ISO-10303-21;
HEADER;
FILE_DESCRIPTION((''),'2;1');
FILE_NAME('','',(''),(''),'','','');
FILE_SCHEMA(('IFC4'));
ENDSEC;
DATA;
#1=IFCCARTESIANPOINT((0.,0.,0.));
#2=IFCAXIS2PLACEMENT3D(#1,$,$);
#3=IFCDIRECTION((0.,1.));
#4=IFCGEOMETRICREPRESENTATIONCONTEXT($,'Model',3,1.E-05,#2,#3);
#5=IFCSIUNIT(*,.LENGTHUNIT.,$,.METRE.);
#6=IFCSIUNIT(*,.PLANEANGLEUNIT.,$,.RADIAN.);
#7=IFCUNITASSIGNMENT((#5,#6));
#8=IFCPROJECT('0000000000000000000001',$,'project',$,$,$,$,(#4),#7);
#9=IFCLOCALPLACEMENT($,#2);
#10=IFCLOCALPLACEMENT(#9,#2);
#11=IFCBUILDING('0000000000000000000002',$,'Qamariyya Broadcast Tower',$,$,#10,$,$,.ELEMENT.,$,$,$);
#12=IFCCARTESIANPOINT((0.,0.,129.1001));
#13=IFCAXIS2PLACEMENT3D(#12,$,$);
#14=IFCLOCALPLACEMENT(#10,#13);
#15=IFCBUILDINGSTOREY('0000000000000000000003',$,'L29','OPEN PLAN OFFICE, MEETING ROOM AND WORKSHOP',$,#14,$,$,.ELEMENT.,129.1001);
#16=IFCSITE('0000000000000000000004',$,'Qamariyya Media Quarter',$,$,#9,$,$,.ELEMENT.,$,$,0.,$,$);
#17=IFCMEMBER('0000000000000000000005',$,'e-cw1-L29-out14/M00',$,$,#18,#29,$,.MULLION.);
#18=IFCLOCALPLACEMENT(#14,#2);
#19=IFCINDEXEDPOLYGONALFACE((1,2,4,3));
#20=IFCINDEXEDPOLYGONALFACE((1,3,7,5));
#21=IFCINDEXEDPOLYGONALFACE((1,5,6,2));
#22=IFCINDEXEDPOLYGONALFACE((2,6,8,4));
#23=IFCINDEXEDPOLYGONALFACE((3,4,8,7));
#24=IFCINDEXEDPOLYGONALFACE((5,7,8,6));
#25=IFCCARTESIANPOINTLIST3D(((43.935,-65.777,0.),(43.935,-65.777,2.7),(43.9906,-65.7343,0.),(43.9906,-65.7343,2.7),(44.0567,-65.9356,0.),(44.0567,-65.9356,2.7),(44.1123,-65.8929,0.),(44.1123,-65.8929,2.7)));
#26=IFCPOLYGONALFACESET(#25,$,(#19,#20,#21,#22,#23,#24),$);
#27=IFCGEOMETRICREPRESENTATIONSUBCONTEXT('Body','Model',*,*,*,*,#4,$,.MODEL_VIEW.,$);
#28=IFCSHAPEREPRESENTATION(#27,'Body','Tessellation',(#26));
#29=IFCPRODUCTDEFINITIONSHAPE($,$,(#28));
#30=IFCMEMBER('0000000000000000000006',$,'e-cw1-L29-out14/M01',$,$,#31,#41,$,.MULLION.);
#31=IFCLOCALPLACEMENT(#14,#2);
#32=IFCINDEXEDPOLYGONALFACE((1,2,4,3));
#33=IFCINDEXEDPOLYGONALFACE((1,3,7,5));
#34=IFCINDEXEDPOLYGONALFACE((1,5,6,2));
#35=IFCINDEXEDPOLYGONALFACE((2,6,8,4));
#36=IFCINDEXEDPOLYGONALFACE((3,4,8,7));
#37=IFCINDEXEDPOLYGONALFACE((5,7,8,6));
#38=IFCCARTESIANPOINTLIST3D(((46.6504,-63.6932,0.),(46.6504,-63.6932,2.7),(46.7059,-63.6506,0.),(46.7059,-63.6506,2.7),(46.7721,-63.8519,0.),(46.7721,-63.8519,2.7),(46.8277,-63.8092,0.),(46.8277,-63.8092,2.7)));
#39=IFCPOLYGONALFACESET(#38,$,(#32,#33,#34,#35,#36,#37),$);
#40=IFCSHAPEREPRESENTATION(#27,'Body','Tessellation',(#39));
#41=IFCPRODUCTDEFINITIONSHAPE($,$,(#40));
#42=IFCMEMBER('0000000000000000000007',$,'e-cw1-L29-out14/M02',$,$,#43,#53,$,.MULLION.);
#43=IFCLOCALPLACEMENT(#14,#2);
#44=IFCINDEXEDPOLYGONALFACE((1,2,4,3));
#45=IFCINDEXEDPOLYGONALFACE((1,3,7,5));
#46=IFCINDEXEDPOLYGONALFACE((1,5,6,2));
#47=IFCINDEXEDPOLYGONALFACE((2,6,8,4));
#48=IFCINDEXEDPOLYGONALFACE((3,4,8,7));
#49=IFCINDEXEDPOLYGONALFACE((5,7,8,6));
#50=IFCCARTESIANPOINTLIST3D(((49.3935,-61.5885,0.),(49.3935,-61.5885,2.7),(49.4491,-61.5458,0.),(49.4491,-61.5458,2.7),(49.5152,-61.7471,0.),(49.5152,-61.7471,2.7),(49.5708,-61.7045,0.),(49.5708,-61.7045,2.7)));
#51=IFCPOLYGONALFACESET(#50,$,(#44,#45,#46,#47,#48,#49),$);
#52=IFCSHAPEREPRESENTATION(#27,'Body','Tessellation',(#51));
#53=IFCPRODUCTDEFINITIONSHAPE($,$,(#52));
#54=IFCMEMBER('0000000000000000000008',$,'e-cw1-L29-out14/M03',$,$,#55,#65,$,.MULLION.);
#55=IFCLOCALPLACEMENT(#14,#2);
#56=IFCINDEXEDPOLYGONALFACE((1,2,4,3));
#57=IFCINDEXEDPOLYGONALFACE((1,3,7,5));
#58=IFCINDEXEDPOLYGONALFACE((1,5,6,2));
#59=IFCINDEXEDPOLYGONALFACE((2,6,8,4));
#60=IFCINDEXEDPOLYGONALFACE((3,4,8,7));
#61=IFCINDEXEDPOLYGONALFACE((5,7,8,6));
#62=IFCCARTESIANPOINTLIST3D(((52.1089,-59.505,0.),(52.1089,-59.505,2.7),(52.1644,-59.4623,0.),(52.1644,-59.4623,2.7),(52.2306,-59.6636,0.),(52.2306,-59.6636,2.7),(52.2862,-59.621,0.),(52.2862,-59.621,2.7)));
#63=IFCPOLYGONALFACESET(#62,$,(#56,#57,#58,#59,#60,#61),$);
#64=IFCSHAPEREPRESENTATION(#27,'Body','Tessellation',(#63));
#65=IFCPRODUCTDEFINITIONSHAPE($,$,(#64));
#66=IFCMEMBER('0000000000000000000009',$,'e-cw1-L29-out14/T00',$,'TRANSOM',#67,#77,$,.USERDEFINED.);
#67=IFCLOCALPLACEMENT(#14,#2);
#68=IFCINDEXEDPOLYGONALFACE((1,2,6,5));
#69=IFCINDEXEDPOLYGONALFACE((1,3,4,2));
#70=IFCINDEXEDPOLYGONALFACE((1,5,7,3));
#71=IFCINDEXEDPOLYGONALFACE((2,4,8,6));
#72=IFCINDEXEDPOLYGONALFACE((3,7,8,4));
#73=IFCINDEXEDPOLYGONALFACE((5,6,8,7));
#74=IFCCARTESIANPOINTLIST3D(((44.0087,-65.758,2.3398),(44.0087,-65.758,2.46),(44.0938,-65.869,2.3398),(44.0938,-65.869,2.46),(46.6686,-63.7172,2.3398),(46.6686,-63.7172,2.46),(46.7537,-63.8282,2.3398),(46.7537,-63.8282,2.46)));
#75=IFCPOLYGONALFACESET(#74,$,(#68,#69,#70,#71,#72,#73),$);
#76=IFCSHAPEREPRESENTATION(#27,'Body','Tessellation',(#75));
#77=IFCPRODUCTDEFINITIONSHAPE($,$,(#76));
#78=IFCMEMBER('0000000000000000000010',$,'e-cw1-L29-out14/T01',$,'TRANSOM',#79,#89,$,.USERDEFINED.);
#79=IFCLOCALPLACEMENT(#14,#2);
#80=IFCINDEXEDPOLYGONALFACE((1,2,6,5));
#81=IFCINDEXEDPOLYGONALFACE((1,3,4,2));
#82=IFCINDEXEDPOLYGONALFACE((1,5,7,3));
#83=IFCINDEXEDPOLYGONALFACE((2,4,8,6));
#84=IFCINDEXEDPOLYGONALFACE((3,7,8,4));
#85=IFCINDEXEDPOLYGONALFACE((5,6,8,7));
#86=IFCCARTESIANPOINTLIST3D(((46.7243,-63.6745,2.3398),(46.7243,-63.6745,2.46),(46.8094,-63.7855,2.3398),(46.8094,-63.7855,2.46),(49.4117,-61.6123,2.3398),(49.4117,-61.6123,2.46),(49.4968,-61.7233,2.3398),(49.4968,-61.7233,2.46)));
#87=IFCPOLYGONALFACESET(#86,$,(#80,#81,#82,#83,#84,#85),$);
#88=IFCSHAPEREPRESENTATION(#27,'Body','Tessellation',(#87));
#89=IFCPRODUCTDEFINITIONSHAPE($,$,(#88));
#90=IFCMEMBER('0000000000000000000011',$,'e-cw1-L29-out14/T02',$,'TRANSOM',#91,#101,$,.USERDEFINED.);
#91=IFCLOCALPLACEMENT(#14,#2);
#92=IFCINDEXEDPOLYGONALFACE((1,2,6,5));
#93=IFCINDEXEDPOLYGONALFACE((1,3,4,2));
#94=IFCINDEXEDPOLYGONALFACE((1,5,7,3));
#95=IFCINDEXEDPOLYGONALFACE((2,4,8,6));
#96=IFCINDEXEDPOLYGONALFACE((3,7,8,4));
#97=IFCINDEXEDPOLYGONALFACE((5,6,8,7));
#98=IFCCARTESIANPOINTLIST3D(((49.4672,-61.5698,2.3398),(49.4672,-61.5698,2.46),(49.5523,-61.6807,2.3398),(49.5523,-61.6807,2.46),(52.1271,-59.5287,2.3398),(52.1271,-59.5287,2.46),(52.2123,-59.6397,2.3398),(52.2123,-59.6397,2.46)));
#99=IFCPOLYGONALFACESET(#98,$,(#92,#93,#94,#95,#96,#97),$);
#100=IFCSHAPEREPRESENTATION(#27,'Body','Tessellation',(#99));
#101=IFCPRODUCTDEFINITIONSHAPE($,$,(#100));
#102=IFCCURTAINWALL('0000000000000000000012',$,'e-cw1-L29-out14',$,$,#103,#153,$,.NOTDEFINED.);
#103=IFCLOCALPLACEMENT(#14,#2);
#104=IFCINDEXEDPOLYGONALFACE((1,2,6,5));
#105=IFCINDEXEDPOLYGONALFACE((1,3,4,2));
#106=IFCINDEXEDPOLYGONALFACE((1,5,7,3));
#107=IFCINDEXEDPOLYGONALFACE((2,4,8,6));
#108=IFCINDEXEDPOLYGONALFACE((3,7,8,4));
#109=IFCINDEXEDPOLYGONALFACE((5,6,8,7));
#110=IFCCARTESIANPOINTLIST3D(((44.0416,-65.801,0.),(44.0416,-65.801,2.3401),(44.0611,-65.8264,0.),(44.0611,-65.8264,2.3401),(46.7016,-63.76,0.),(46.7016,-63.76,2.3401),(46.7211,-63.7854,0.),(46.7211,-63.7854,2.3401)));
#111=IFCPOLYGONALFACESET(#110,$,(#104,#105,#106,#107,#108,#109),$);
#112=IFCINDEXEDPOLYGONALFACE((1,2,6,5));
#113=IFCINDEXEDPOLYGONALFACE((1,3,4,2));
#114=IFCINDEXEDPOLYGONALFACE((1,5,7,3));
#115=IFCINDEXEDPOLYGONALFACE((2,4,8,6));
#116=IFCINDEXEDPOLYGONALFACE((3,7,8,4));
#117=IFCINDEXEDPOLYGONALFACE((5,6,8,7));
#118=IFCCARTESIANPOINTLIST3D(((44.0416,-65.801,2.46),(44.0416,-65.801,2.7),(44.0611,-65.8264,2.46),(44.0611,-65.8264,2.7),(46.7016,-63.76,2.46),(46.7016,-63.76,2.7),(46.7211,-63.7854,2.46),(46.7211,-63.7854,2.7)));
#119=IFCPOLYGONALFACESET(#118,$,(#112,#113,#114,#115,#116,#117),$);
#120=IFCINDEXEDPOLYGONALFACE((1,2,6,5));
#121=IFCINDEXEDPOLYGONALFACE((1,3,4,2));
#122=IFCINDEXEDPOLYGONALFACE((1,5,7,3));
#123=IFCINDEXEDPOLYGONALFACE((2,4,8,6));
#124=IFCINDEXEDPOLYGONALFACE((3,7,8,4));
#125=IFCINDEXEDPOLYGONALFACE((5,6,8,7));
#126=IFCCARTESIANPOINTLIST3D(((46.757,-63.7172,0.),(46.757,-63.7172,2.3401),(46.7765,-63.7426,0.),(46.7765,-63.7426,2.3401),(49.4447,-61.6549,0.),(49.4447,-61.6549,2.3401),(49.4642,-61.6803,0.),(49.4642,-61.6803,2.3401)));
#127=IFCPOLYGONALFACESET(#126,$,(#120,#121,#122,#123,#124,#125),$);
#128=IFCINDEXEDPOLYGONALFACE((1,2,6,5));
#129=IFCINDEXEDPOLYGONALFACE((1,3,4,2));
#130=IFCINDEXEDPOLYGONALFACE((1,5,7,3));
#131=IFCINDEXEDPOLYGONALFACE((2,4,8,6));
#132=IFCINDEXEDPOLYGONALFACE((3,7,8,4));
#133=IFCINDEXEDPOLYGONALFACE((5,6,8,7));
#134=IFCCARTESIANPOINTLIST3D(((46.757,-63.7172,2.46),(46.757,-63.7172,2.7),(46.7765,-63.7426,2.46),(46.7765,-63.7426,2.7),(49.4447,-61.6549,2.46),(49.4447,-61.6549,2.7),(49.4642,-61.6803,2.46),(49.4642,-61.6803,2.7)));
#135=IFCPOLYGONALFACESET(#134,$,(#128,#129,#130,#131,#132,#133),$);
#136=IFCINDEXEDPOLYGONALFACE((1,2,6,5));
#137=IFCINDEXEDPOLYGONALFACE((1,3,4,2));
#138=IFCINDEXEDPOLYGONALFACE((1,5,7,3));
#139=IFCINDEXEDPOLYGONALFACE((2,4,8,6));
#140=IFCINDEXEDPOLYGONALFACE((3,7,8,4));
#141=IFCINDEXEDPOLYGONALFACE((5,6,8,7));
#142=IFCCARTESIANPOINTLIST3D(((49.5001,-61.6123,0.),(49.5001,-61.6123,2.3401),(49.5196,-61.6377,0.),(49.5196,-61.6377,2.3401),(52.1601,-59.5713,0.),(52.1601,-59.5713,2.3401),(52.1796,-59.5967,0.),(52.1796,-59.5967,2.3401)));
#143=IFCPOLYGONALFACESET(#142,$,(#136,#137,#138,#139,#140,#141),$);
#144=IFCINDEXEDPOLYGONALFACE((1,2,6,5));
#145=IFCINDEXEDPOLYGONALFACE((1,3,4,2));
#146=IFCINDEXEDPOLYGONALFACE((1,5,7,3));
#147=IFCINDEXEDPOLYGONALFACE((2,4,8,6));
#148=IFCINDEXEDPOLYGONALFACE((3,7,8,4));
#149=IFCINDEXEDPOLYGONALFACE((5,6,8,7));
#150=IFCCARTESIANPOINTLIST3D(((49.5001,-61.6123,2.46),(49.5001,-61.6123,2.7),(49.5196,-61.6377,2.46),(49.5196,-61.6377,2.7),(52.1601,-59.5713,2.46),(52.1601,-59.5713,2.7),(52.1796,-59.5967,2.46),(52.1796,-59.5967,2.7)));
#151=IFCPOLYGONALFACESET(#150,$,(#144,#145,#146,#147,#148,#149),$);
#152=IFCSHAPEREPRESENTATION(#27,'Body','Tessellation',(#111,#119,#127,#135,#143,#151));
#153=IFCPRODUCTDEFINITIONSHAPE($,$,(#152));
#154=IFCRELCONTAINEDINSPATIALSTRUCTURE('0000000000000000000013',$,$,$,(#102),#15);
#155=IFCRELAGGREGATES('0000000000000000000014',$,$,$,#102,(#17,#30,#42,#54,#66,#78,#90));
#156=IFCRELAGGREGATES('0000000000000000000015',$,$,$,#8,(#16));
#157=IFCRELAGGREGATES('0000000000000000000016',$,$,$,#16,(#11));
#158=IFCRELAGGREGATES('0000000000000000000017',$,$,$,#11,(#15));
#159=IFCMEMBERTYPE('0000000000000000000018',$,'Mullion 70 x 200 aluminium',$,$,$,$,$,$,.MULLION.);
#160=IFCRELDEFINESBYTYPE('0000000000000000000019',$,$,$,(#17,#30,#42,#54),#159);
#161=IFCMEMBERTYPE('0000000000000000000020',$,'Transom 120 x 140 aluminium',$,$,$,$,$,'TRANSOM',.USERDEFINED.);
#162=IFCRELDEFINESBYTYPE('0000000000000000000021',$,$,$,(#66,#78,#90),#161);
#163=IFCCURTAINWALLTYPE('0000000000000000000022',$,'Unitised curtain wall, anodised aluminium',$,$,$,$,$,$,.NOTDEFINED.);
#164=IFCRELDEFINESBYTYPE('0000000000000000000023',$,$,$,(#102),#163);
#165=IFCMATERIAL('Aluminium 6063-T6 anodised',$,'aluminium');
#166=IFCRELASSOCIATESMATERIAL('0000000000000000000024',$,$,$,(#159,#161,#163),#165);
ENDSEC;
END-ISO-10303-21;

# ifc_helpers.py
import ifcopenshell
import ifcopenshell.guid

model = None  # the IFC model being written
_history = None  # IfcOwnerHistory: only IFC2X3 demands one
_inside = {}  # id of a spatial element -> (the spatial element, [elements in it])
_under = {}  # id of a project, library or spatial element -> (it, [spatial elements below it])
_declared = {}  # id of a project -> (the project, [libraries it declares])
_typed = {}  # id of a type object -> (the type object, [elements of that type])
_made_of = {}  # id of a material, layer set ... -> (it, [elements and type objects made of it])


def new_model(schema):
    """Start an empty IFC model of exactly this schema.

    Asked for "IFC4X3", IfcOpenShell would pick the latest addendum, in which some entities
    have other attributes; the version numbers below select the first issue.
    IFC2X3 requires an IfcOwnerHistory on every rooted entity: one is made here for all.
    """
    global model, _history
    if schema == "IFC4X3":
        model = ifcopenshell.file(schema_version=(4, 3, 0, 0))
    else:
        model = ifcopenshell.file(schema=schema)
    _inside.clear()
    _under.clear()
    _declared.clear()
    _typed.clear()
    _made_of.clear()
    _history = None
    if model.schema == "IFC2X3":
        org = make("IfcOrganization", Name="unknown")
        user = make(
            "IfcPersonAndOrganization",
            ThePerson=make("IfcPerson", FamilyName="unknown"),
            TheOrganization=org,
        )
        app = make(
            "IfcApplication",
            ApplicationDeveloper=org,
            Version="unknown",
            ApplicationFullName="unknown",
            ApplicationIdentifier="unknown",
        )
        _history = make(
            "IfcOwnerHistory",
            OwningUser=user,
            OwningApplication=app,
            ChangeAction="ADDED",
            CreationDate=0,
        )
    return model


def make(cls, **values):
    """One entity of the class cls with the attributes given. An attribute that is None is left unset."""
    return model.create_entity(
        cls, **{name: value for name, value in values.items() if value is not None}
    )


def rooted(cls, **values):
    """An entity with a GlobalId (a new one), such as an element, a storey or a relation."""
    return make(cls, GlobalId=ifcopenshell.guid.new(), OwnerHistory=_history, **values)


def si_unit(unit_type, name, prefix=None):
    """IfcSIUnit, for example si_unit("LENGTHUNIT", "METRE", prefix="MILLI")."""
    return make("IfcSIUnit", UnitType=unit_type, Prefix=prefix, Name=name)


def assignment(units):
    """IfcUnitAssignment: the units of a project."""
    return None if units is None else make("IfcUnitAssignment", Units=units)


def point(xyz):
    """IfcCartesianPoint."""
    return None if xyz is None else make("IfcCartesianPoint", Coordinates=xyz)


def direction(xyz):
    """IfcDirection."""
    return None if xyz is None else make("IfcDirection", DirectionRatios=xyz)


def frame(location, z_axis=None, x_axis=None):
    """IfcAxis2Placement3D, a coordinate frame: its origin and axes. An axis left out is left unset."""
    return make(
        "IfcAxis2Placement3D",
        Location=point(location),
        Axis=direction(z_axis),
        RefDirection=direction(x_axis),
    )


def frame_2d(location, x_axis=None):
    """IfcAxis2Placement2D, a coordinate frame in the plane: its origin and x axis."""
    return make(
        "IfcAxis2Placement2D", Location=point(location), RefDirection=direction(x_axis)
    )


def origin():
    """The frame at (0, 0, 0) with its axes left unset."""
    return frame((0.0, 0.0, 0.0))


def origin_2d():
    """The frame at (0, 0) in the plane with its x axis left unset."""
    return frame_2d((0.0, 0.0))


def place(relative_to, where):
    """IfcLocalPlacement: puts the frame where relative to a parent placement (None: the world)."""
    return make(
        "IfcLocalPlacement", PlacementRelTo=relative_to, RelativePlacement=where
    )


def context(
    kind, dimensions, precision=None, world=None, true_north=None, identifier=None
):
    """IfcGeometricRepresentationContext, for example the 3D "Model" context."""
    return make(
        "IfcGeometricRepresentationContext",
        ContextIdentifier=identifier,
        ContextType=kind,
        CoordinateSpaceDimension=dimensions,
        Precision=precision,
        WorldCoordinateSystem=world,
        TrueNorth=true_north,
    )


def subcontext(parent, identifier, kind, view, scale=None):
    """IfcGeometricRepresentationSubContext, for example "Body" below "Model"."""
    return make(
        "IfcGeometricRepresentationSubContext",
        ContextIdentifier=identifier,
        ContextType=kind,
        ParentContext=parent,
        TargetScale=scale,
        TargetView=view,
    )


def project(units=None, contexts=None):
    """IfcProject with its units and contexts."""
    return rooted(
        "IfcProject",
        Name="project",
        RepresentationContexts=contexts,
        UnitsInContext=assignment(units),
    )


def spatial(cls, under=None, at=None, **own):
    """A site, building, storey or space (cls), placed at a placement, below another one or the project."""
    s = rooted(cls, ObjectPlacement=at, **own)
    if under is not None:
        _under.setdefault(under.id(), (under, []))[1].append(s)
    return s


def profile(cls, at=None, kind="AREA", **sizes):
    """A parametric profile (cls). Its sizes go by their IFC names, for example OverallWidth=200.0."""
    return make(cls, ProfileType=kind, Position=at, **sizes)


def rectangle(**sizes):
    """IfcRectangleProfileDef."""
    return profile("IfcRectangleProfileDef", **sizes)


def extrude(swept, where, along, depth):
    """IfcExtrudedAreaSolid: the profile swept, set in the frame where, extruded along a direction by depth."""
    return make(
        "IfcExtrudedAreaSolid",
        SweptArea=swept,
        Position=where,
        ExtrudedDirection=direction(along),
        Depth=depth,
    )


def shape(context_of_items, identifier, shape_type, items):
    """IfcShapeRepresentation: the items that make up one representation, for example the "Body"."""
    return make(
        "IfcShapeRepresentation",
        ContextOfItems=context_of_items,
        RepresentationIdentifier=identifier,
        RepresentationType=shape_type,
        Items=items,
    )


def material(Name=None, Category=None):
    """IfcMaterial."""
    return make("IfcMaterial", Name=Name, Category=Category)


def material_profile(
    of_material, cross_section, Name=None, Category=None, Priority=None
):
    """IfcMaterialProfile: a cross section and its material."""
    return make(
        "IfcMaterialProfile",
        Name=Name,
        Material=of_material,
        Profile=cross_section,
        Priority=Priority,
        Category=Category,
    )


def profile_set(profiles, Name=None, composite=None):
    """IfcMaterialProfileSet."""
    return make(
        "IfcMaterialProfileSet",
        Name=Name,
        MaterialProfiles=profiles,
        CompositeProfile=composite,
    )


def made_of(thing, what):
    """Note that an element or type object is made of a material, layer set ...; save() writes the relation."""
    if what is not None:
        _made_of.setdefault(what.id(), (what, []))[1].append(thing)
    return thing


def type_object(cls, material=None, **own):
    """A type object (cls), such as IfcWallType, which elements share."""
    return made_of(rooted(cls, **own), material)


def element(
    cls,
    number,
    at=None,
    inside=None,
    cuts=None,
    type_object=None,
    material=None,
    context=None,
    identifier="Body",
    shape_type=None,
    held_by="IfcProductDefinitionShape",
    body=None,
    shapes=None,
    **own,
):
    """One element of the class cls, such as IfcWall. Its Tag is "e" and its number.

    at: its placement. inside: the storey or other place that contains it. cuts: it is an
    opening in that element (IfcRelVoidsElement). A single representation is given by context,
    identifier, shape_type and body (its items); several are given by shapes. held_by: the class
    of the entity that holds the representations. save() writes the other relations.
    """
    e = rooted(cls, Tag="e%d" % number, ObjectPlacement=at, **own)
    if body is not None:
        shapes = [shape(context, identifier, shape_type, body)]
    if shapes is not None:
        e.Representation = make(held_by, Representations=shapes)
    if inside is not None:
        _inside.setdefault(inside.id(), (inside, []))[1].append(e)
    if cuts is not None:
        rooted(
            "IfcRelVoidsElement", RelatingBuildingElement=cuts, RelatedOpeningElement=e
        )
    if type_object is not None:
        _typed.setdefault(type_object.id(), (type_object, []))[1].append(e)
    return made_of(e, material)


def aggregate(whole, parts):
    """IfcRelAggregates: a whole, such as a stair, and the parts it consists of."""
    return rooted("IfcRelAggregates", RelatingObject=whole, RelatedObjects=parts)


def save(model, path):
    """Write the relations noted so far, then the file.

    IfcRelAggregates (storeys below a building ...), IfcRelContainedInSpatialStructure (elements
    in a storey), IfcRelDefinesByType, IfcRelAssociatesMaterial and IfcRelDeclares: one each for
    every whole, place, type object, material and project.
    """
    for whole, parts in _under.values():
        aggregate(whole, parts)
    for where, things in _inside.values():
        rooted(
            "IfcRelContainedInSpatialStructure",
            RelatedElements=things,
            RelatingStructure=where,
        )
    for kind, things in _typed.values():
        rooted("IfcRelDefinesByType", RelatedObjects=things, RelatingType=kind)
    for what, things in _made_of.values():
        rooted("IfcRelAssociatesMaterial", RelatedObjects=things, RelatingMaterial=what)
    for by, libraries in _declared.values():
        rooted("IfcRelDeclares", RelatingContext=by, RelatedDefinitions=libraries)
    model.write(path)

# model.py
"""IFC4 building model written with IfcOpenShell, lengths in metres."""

from ifc_helpers import new_model, si_unit, direction, frame, origin, origin_2d, place, context, subcontext, project, spatial, rectangle, extrude, material, material_profile, profile_set, type_object, element, aggregate, save


model = new_model("IFC4")

# Units and contexts
model_context = context("Model", 3, precision=1e-05, world=origin(), true_north=direction((0.0, 1.0)))
body_context = subcontext(model_context, "Body", "Model", "MODEL_VIEW")
ifc_project = project(units=[si_unit("LENGTHUNIT", "METRE"), si_unit("PLANEANGLEUNIT", "RADIAN")], contexts=[model_context])

# Members
ifc_material = material(Name="Aluminium 6063-T6 anodised", Category="aluminium")
ifc_material_profile_1 = material_profile(ifc_material, rectangle(XDim=0.2, YDim=0.0701, at=origin_2d()))
ifc_profile_set_1 = profile_set([ifc_material_profile_1], Name="Aluminium 6063-T6 anodised")
member_type_1 = type_object("IfcMemberType", Name="Mullion 70 x 200 aluminium", PredefinedType="MULLION", material=ifc_profile_set_1)
site_placement = place(None, origin())
building_placement = place(site_placement, origin())
storey_placement = place(building_placement, frame((0.0, 0.0, 129.1001)))
member_1_placement = place(storey_placement, frame((44.0237, -65.835, 0.0), z_axis=(0.0, 0.0, 1.0), x_axis=(-0.608761, 0.793353, 0.0)))
member_1 = element("IfcMember", 1, at=member_1_placement, type_object=member_type_1, Name="e-cw1-L29-out14/M00", PredefinedType="MULLION", context=body_context, shape_type="SweptSolid", body=[
    extrude(rectangle(XDim=0.2, YDim=0.0701, at=origin_2d()), origin(), (0.0, 0.0, 1.0), 2.7),
])
member_2_placement = place(storey_placement, frame((46.739, -63.7512, 0.0), z_axis=(0.0, 0.0, 1.0), x_axis=(-0.608761, 0.793353, 0.0)))
member_2 = element("IfcMember", 2, at=member_2_placement, type_object=member_type_1, Name="e-cw1-L29-out14/M01", PredefinedType="MULLION", context=body_context, shape_type="SweptSolid", body=[
    extrude(rectangle(XDim=0.2, YDim=0.0701, at=origin_2d()), origin(), (0.0, 0.0, 1.0), 2.7),
])
member_3_placement = place(storey_placement, frame((49.4822, -61.6465, 0.0), z_axis=(0.0, 0.0, 1.0), x_axis=(-0.608761, 0.793353, 0.0)))
member_3 = element("IfcMember", 3, at=member_3_placement, type_object=member_type_1, Name="e-cw1-L29-out14/M02", PredefinedType="MULLION", context=body_context, shape_type="SweptSolid", body=[
    extrude(rectangle(XDim=0.2, YDim=0.0701, at=origin_2d()), origin(), (0.0, 0.0, 1.0), 2.7),
])
member_4_placement = place(storey_placement, frame((52.1975, -59.563, 0.0), z_axis=(0.0, 0.0, 1.0), x_axis=(-0.608761, 0.793353, 0.0)))
member_4 = element("IfcMember", 4, at=member_4_placement, type_object=member_type_1, Name="e-cw1-L29-out14/M03", PredefinedType="MULLION", context=body_context, shape_type="SweptSolid", body=[
    extrude(rectangle(XDim=0.2, YDim=0.0701, at=origin_2d()), origin(), (0.0, 0.0, 1.0), 2.7),
])
ifc_material_profile_2 = material_profile(ifc_material, rectangle(XDim=0.1399, YDim=0.1201, at=origin_2d()))
ifc_profile_set_2 = profile_set([ifc_material_profile_2], Name="Aluminium 6063-T6 anodised")
member_type_2 = type_object("IfcMemberType", Name="Transom 120 x 140 aluminium", ElementType="TRANSOM", PredefinedType="USERDEFINED", material=ifc_profile_set_2)
member_5_placement = place(storey_placement, frame((44.0513, -65.8135, 2.3999), z_axis=(0.793389, 0.608714, 0.0), x_axis=(-0.608714, 0.793389, 0.0)))
member_5 = element("IfcMember", 5, at=member_5_placement, type_object=member_type_2, Name="e-cw1-L29-out14/T00", ObjectType="TRANSOM", PredefinedType="USERDEFINED", context=body_context, shape_type="SweptSolid", body=[
    extrude(rectangle(XDim=0.1399, YDim=0.1201, at=origin_2d()), origin(), (0.0, 0.0, 1.0), 3.3525),
])
member_6_placement = place(storey_placement, frame((46.7668, -63.73, 2.3999), z_axis=(0.793344, 0.608773, 0.0), x_axis=(-0.608773, 0.793344, 0.0)))
member_6 = element("IfcMember", 6, at=member_6_placement, type_object=member_type_2, Name="e-cw1-L29-out14/T01", ObjectType="TRANSOM", PredefinedType="USERDEFINED", context=body_context, shape_type="SweptSolid", body=[
    extrude(rectangle(XDim=0.1399, YDim=0.1201, at=origin_2d()), origin(), (0.0, 0.0, 1.0), 3.3875),
])
member_7_placement = place(storey_placement, frame((49.5098, -61.6252, 2.3999), z_axis=(0.793354, 0.60876, 0.0), x_axis=(-0.60876, 0.793354, 0.0)))
member_7 = element("IfcMember", 7, at=member_7_placement, type_object=member_type_2, Name="e-cw1-L29-out14/T02", ObjectType="TRANSOM", PredefinedType="USERDEFINED", context=body_context, shape_type="SweptSolid", body=[
    extrude(rectangle(XDim=0.1399, YDim=0.1201, at=origin_2d()), origin(), (0.0, 0.0, 1.0), 3.3528),
])

# Site, building, storey
site = spatial("IfcSite", under=ifc_project, at=site_placement, Name="Qamariyya Media Quarter", CompositionType="ELEMENT", RefElevation=0.0)
building = spatial("IfcBuilding", under=site, at=building_placement, Name="Qamariyya Broadcast Tower", CompositionType="ELEMENT")
storey = spatial("IfcBuildingStorey", under=building, at=storey_placement, Name="L29", Description="OPEN PLAN OFFICE, MEETING ROOM AND WORKSHOP", CompositionType="ELEMENT", Elevation=129.1001)

# Curtain wall
curtain_wall_type = type_object("IfcCurtainWallType", Name="Unitised curtain wall, anodised aluminium", PredefinedType="NOTDEFINED", material=ifc_material)
curtain_wall_1_placement = place(storey_placement, origin())
curtain_wall_1 = element("IfcCurtainWall", 8, at=curtain_wall_1_placement, inside=storey, type_object=curtain_wall_type, Name="e-cw1-L29-out14", PredefinedType="NOTDEFINED", context=body_context, shape_type="SweptSolid", body=[
    extrude(rectangle(XDim=3.3528, YDim=0.032, at=origin_2d()), frame((45.3813, -64.7932, 0.0), x_axis=(0.793354, 0.608761, 0.0)), (0.0, 0.0, 1.0), 2.3401),
    extrude(rectangle(XDim=3.3528, YDim=0.032, at=origin_2d()), frame((45.3813, -64.7932, 2.46), x_axis=(0.793354, 0.608761, 0.0)), (0.0, 0.0, 1.0), 0.24),
    extrude(rectangle(XDim=3.3877, YDim=0.032, at=origin_2d()), frame((48.1106, -62.6987, 0.0), x_axis=(0.793354, 0.608761, 0.0)), (0.0, 0.0, 1.0), 2.3401),
    extrude(rectangle(XDim=3.3877, YDim=0.032, at=origin_2d()), frame((48.1106, -62.6987, 2.46), x_axis=(0.793354, 0.608761, 0.0)), (0.0, 0.0, 1.0), 0.24),
    extrude(rectangle(XDim=3.3528, YDim=0.032, at=origin_2d()), frame((50.8398, -60.6045, 0.0), x_axis=(0.793354, 0.608761, 0.0)), (0.0, 0.0, 1.0), 2.3401),
    extrude(rectangle(XDim=3.3528, YDim=0.032, at=origin_2d()), frame((50.8398, -60.6045, 2.46), x_axis=(0.793354, 0.608761, 0.0)), (0.0, 0.0, 1.0), 0.24),
])
aggregate(curtain_wall_1, [member_1, member_2, member_3, member_4, member_5, member_6, member_7])

save(model, "model.ifc")
